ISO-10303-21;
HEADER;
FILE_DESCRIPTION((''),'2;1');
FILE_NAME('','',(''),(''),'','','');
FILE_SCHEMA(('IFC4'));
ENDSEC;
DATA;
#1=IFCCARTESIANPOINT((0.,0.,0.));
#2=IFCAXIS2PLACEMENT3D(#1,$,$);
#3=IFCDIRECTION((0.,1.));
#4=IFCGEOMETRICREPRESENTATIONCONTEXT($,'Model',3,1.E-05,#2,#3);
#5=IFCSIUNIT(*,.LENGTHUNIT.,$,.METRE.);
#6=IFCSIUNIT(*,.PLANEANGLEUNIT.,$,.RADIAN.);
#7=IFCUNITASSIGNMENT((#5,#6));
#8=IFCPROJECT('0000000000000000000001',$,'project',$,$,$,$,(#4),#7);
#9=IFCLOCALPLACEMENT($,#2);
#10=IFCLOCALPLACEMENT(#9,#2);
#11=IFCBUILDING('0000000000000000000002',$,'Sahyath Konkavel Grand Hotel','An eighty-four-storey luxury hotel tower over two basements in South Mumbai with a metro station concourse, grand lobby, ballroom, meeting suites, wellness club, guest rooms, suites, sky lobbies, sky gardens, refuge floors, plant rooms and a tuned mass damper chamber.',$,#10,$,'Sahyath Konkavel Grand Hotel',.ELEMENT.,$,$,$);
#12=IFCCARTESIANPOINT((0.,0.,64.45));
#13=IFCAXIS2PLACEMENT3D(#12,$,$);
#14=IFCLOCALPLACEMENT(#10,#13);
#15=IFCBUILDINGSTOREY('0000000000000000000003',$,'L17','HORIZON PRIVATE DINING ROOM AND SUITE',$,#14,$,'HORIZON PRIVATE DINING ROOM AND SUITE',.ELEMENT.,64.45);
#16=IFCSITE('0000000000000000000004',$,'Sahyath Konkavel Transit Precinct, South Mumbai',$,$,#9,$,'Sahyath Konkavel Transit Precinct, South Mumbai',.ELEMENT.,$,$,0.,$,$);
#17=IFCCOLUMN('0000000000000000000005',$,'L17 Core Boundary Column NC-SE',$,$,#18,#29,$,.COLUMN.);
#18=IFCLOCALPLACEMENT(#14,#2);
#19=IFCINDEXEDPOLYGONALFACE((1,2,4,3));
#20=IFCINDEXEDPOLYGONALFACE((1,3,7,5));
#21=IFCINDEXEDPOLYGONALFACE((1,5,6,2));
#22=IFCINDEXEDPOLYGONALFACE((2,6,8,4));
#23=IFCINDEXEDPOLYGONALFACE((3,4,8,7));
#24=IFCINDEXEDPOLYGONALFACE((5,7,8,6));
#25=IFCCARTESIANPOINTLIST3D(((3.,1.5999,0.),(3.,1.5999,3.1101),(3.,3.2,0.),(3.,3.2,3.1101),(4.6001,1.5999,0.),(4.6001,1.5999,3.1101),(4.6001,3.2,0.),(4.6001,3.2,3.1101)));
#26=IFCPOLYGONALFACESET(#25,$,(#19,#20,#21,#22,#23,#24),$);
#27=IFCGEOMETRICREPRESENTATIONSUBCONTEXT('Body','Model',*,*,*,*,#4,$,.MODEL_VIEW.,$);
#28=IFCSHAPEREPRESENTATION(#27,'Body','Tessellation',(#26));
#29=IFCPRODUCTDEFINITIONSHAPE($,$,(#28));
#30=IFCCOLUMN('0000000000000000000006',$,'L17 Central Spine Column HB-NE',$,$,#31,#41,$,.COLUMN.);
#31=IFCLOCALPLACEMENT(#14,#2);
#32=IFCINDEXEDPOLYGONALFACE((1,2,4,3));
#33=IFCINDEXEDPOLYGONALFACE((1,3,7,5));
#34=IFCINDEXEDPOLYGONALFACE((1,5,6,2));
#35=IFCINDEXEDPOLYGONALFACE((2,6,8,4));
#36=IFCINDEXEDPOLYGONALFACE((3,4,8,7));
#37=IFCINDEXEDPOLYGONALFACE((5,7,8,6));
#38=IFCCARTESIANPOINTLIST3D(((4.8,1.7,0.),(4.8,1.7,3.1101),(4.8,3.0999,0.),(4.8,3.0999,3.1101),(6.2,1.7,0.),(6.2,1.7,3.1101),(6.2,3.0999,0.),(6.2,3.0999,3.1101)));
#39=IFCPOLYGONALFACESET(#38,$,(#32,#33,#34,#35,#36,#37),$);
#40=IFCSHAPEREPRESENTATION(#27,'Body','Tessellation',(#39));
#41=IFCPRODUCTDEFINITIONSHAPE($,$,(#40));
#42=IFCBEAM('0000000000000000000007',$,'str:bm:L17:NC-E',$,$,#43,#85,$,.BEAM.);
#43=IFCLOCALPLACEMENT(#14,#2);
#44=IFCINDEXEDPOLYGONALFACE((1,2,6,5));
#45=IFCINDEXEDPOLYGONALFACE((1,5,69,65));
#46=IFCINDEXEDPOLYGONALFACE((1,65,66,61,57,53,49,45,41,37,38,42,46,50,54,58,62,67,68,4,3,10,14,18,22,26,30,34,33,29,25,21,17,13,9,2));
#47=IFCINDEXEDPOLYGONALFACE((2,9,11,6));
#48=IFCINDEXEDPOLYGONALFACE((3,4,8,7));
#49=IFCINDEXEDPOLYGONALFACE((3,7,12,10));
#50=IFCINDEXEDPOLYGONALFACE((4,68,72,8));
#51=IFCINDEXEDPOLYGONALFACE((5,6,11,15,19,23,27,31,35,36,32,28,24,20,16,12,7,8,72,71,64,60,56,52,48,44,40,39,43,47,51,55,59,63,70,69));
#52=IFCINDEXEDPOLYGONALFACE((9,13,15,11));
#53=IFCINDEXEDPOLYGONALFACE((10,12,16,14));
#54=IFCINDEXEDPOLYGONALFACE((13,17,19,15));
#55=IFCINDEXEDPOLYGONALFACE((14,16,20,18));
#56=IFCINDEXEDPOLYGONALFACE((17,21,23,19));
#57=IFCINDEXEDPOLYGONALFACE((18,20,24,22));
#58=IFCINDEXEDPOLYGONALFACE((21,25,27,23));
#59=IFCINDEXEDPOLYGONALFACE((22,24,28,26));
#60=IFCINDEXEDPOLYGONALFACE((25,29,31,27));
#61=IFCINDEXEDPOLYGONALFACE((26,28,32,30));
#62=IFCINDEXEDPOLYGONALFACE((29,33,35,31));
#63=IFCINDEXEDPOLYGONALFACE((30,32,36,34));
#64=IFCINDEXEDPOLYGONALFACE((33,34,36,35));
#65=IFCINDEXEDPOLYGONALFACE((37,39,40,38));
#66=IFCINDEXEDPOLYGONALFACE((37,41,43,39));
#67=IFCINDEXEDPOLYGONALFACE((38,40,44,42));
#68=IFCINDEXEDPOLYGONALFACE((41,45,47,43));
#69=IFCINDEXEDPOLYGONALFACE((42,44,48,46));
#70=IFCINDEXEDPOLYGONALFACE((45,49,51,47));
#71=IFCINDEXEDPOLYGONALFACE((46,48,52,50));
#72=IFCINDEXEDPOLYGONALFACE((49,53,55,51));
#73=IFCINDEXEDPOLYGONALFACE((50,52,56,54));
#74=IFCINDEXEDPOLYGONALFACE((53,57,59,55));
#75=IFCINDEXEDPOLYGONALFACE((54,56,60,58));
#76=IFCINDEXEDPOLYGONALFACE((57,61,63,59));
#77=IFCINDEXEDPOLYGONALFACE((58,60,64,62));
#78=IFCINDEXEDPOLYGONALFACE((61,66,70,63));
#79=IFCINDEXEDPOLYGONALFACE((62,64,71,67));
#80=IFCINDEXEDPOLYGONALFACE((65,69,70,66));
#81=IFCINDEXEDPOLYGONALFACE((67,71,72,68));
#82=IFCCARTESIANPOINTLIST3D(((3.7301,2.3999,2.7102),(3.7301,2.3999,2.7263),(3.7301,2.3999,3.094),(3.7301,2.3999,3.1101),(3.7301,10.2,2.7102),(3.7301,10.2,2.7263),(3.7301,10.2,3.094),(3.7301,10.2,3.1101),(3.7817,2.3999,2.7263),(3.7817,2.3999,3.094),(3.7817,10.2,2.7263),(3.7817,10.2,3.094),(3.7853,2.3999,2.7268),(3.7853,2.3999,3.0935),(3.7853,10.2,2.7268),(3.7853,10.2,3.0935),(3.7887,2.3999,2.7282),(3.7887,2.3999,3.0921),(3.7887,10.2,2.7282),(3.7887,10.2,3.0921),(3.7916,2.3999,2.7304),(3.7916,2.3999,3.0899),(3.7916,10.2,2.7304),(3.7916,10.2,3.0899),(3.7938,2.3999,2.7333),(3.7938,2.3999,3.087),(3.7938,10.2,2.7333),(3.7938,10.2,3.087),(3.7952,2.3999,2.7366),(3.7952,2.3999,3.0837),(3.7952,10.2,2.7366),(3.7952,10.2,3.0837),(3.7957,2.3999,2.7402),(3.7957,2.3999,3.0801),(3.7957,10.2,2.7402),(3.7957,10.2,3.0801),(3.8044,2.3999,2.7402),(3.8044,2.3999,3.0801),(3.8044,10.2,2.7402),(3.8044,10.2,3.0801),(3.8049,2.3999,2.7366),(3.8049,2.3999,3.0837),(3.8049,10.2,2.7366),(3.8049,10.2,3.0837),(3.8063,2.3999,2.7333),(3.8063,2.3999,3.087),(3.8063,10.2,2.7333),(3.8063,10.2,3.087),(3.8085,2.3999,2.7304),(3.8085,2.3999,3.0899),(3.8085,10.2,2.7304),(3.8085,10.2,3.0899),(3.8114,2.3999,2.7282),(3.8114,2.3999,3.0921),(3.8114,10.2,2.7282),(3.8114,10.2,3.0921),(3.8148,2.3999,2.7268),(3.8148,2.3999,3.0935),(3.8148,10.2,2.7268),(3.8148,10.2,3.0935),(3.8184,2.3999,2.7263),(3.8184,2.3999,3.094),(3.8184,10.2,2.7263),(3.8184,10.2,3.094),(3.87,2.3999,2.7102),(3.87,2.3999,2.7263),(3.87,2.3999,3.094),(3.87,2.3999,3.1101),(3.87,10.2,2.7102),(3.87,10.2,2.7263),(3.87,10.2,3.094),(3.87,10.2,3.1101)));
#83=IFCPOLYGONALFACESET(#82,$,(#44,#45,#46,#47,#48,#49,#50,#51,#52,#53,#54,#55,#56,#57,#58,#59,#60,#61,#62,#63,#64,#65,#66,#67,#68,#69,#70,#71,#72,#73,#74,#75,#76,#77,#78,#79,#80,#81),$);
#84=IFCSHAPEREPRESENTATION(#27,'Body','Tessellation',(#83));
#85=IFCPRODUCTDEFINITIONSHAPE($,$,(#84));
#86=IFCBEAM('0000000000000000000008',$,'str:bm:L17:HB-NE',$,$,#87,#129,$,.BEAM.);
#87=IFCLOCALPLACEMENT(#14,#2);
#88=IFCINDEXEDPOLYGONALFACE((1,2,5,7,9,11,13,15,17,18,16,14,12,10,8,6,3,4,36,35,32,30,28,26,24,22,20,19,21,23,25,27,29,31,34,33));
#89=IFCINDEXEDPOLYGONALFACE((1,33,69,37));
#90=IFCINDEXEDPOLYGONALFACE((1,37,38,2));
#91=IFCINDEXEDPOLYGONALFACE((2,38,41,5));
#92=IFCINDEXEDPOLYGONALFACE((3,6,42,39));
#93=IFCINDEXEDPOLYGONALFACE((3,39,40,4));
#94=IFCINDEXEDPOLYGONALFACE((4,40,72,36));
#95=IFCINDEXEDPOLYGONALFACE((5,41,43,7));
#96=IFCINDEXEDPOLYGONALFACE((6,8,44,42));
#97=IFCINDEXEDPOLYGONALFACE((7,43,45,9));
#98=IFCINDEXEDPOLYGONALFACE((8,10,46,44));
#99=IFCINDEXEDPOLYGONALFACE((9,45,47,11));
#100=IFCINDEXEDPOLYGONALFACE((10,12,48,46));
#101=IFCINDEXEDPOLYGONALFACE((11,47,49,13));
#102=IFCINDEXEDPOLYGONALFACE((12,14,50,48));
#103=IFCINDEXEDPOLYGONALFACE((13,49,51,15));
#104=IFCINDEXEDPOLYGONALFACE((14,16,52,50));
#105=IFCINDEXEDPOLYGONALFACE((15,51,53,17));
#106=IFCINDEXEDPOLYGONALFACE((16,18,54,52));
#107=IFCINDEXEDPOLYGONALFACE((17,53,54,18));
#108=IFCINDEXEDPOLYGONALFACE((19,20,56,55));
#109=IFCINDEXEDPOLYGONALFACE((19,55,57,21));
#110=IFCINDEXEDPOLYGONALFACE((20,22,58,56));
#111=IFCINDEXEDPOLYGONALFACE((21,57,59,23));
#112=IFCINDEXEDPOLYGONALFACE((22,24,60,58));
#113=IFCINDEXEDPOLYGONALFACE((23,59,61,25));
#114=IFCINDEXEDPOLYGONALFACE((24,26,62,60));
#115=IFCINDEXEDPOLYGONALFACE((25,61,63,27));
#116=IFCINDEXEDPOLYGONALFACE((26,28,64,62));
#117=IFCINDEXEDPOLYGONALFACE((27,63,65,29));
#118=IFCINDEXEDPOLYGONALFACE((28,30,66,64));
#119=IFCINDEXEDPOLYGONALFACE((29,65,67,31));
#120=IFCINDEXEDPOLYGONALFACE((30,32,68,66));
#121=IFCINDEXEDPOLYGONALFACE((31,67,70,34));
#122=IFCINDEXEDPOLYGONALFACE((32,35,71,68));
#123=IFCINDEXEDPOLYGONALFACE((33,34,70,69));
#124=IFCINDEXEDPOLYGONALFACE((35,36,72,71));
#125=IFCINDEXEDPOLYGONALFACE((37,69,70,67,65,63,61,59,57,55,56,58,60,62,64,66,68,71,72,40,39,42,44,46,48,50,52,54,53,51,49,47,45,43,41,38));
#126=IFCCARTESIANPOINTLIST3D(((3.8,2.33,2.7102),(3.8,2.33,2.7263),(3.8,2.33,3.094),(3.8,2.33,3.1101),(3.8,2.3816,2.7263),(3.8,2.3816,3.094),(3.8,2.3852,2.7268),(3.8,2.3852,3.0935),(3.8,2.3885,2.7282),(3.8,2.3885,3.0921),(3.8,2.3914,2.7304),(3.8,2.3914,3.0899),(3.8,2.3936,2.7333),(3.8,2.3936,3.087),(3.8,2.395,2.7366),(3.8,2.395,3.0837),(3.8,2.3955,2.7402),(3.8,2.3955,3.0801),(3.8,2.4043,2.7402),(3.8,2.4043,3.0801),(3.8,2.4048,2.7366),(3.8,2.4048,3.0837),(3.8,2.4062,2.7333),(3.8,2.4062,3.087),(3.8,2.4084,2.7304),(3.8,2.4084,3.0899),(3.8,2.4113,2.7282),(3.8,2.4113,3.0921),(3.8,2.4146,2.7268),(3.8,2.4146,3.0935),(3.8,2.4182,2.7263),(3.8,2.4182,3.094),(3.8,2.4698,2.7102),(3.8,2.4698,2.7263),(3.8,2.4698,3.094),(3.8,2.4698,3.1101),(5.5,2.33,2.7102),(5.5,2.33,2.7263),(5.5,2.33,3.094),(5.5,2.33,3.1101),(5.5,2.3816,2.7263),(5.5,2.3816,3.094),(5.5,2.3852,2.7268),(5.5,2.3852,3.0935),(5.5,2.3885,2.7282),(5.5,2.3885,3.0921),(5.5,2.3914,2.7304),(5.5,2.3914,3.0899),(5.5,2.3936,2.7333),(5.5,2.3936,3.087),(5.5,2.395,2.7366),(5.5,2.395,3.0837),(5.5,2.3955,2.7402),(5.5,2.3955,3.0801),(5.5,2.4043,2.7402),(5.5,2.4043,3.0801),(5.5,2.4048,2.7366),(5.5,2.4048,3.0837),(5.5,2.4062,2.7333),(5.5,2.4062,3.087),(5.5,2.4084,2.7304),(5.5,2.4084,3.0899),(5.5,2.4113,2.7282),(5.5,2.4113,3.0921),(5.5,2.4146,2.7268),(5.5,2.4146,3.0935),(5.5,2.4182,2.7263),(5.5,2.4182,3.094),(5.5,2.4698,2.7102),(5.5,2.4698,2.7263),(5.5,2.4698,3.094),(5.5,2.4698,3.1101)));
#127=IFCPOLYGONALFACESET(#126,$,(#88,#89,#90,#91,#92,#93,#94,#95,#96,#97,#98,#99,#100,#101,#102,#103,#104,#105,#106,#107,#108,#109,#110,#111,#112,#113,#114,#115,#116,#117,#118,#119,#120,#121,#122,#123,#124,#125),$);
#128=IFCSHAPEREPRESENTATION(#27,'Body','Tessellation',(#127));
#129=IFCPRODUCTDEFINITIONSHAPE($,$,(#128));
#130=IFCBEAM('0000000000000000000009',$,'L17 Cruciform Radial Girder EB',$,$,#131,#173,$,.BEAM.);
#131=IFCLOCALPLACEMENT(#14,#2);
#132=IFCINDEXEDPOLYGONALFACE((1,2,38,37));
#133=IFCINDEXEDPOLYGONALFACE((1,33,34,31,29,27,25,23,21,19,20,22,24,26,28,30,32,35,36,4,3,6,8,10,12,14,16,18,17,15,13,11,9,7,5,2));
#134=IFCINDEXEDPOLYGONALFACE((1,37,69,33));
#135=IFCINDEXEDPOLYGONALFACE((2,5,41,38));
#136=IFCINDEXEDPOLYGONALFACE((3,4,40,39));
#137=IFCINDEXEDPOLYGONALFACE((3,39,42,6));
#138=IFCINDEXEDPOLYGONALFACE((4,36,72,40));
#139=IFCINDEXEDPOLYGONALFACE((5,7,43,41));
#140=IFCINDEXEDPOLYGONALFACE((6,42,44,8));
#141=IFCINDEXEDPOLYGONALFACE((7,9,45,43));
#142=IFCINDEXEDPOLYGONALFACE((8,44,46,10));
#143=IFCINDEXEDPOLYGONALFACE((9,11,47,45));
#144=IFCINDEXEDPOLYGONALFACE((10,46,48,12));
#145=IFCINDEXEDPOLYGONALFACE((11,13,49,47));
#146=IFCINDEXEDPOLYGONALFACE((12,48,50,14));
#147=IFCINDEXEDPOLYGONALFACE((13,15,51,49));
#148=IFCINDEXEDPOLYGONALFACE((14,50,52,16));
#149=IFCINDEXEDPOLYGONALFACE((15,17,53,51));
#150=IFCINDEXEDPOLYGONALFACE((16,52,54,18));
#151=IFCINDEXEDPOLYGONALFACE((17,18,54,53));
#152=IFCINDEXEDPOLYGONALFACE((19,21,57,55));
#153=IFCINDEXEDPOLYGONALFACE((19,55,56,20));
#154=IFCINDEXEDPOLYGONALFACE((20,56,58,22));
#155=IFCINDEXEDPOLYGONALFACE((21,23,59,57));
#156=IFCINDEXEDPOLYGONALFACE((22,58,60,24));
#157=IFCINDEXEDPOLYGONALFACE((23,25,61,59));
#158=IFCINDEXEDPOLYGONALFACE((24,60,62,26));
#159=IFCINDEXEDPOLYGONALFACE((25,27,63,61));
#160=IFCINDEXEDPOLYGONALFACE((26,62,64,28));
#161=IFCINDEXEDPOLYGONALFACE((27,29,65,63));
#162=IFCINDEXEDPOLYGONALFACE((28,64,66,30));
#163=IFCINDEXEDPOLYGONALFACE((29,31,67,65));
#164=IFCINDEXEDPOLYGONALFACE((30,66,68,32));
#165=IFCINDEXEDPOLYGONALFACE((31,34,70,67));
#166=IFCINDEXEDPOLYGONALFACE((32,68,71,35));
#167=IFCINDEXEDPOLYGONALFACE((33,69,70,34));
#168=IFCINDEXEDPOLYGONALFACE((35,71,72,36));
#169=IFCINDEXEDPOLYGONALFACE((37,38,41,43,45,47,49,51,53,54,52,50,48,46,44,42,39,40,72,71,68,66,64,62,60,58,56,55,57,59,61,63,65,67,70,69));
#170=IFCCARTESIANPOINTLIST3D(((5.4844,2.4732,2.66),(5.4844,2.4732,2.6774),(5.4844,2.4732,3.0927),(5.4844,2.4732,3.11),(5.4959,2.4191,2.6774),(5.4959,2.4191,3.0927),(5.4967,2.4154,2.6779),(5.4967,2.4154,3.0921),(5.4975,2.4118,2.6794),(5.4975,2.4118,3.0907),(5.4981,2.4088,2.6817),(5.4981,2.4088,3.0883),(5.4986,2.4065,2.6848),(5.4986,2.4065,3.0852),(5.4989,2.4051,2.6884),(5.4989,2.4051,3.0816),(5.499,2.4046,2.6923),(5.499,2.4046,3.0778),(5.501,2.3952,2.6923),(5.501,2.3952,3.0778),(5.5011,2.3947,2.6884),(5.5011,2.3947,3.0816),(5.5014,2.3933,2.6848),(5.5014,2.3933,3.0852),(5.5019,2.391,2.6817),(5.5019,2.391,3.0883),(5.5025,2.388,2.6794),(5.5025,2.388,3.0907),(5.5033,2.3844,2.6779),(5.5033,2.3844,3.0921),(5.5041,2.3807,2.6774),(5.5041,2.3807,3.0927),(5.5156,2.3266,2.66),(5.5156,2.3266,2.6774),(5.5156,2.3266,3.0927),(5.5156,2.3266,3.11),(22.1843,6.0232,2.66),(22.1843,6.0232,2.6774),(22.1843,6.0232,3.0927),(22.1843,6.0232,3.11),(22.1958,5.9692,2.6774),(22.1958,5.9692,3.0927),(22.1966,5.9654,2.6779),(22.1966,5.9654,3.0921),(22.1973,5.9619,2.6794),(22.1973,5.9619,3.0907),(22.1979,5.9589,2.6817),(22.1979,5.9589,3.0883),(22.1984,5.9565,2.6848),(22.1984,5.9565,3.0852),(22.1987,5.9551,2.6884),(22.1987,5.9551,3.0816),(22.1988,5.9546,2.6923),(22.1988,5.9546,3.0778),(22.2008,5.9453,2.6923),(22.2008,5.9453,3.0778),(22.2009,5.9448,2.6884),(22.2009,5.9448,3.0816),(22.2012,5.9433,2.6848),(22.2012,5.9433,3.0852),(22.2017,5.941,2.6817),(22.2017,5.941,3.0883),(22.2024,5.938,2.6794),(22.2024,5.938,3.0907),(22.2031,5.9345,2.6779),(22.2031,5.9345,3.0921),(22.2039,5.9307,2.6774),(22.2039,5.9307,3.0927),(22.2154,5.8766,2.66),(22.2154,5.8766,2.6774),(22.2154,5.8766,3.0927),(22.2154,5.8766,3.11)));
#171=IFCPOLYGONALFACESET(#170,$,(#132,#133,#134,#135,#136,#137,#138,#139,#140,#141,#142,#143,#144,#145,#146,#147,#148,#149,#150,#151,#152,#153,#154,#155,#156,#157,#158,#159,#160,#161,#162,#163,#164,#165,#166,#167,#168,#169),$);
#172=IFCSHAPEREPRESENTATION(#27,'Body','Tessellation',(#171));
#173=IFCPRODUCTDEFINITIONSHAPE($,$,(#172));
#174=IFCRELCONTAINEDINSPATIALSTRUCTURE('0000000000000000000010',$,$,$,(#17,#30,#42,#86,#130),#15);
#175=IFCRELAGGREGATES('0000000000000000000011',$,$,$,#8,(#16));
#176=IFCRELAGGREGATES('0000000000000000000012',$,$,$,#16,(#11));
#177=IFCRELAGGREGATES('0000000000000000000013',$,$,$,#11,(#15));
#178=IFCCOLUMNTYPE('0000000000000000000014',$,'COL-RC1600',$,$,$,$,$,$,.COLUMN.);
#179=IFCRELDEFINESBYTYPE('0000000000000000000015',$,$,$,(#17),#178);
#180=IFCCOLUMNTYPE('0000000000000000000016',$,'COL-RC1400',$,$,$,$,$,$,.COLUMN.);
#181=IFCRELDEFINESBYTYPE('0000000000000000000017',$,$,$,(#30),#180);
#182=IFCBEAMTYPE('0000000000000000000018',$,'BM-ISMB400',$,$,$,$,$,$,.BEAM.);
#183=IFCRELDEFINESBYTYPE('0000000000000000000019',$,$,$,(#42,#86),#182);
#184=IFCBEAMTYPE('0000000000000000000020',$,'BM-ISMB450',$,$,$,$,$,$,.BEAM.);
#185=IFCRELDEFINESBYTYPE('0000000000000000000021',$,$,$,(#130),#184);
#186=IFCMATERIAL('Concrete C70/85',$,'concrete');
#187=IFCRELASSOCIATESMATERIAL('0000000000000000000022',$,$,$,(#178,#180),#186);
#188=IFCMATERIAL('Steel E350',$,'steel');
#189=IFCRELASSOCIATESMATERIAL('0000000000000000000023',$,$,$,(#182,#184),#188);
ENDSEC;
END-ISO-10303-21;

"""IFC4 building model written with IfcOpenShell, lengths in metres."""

from ifc_helpers import new_model, si_unit, direction, frame, origin, origin_2d, place, context, subcontext, project, spatial, rectangle, i_section, extrude, source, transform, mapped, material, material_profile, profile_set, type_object, element, save


model = new_model("IFC4")

# Units and contexts
model_context = context("Model", 3, precision=1e-05, world=origin(), true_north=direction((0.0, 1.0)))
body_context = subcontext(model_context, "Body", "Model", "MODEL_VIEW")
ifc_project = project(units=[si_unit("LENGTHUNIT", "METRE"), si_unit("PLANEANGLEUNIT", "RADIAN")], contexts=[model_context])

# Site, building, storey
site_placement = place(None, origin())
site = spatial("IfcSite", under=ifc_project, at=site_placement, Name="Sahyath Konkavel Transit Precinct, South Mumbai", LongName="Sahyath Konkavel Transit Precinct, South Mumbai", CompositionType="ELEMENT", RefElevation=0.0)
building_placement = place(site_placement, origin())
building = spatial("IfcBuilding", under=site, at=building_placement, Name="Sahyath Konkavel Grand Hotel", Description="An eighty-four-storey luxury hotel tower over two basements in South Mumbai with a metro station concourse, grand lobby, ballroom, meeting suites, wellness club, guest rooms, suites, sky lobbies, sky gardens, refuge floors, plant rooms and a tuned mass damper chamber.", LongName="Sahyath Konkavel Grand Hotel", CompositionType="ELEMENT")
storey_placement = place(building_placement, frame((0.0, 0.0, 64.45)))
storey = spatial("IfcBuildingStorey", under=building, at=storey_placement, Name="L17", Description="HORIZON PRIVATE DINING ROOM AND SUITE", LongName="HORIZON PRIVATE DINING ROOM AND SUITE", CompositionType="ELEMENT", Elevation=64.45)

# Columns
ifc_material_1 = material(Name="Concrete C70/85", Category="concrete")
ifc_material_profile_1 = material_profile(ifc_material_1, rectangle(XDim=1.6001, YDim=1.6001, at=origin_2d()), Name="RC 1600x1600")
ifc_profile_set_1 = profile_set([ifc_material_profile_1], Name="Concrete C70/85")
column_type_1 = type_object("IfcColumnType", Name="COL-RC1600", PredefinedType="COLUMN", material=ifc_profile_set_1)
shared_shape_1 = source(origin(), body_context, "Body", "SweptSolid", [
    extrude(rectangle(XDim=1.6001, YDim=1.6001, at=origin_2d()), origin(), (0.0, 0.0, 1.0), 3.1101),
])
column_1_placement = place(storey_placement, frame((3.8, 2.3999, 0.0), z_axis=(0.0, 0.0, 1.0), x_axis=(1.0, 0.0, 0.0)))
element("IfcColumn", 1, at=column_1_placement, inside=storey, type_object=column_type_1, Name="L17 Core Boundary Column NC-SE", PredefinedType="COLUMN", context=body_context, shape_type="MappedRepresentation", body=[
    mapped(shared_shape_1, transform((0.0, 0.0, 0.0), scale=1.0)),
])
ifc_material_profile_2 = material_profile(ifc_material_1, rectangle(XDim=1.3999, YDim=1.3999, at=origin_2d()), Name="RC 1400x1400")
ifc_profile_set_2 = profile_set([ifc_material_profile_2], Name="Concrete C70/85")
column_type_2 = type_object("IfcColumnType", Name="COL-RC1400", PredefinedType="COLUMN", material=ifc_profile_set_2)
shared_shape_2 = source(origin(), body_context, "Body", "SweptSolid", [
    extrude(rectangle(XDim=1.3999, YDim=1.3999, at=origin_2d()), origin(), (0.0, 0.0, 1.0), 3.1101),
])
column_2_placement = place(storey_placement, frame((5.5, 2.3999, 0.0), z_axis=(0.0, 0.0, 1.0), x_axis=(1.0, 0.0, 0.0)))
element("IfcColumn", 2, at=column_2_placement, inside=storey, type_object=column_type_2, Name="L17 Central Spine Column HB-NE", PredefinedType="COLUMN", context=body_context, shape_type="MappedRepresentation", body=[
    mapped(shared_shape_2, transform((0.0, 0.0, 0.0), scale=1.0)),
])

# Beams
ifc_material_2 = material(Name="Steel E350", Category="steel")
ifc_material_profile_3 = material_profile(ifc_material_2, i_section(OverallWidth=0.1399, OverallDepth=0.3999, WebThickness=0.0088, FlangeThickness=0.0161, FilletRadius=0.0139, at=origin_2d()), Name="ISMB 400")
ifc_profile_set_3 = profile_set([ifc_material_profile_3], Name="Steel E350")
beam_type_1 = type_object("IfcBeamType", Name="BM-ISMB400", PredefinedType="BEAM", material=ifc_profile_set_3)
shared_shape_3 = source(origin(), body_context, "Body", "SweptSolid", [
    extrude(i_section(OverallWidth=0.1399, OverallDepth=0.3999, WebThickness=0.0088, FlangeThickness=0.0161, FilletRadius=0.0139, at=origin_2d()), origin(), (0.0, 0.0, 1.0), 7.8),
])
beam_1_placement = place(storey_placement, frame((3.8, 2.3999, 2.9102), z_axis=(0.0, 1.0, 0.0), x_axis=(-1.0, 0.0, 0.0)))
element("IfcBeam", 3, at=beam_1_placement, inside=storey, type_object=beam_type_1, Name="str:bm:L17:NC-E", PredefinedType="BEAM", context=body_context, shape_type="MappedRepresentation", body=[
    mapped(shared_shape_3, transform((0.0, 0.0, 0.0), scale=1.0)),
])
shared_shape_4 = source(origin(), body_context, "Body", "SweptSolid", [
    extrude(i_section(OverallWidth=0.1399, OverallDepth=0.3999, WebThickness=0.0088, FlangeThickness=0.0161, FilletRadius=0.0139, at=origin_2d()), origin(), (0.0, 0.0, 1.0), 1.7),
])
beam_2_placement = place(storey_placement, frame((3.8, 2.3999, 2.9102), z_axis=(1.0, 0.0, 0.0), x_axis=(0.0, 1.0, 0.0)))
element("IfcBeam", 4, at=beam_2_placement, inside=storey, type_object=beam_type_1, Name="str:bm:L17:HB-NE", PredefinedType="BEAM", context=body_context, shape_type="MappedRepresentation", body=[
    mapped(shared_shape_4, transform((0.0, 0.0, 0.0), scale=1.0)),
])
ifc_material_profile_4 = material_profile(ifc_material_2, i_section(OverallWidth=0.1499, OverallDepth=0.45, WebThickness=0.0095, FlangeThickness=0.0173, FilletRadius=0.0149, at=origin_2d()), Name="ISMB 450")
ifc_profile_set_4 = profile_set([ifc_material_profile_4], Name="Steel E350")
beam_type_2 = type_object("IfcBeamType", Name="BM-ISMB450", PredefinedType="BEAM", material=ifc_profile_set_4)
shared_shape_5 = source(origin(), body_context, "Body", "SweptSolid", [
    extrude(i_section(OverallWidth=0.1499, OverallDepth=0.45, WebThickness=0.0095, FlangeThickness=0.0173, FilletRadius=0.0149, at=origin_2d()), origin(), (0.0, 0.0, 1.0), 17.073),
])
beam_3_placement = place(storey_placement, frame((5.5, 2.3999, 2.885), z_axis=(0.978143, 0.207932, 0.0), x_axis=(-0.207932, 0.978143, 0.0)))
element("IfcBeam", 5, at=beam_3_placement, inside=storey, type_object=beam_type_2, Name="L17 Cruciform Radial Girder EB", PredefinedType="BEAM", context=body_context, shape_type="MappedRepresentation", body=[
    mapped(shared_shape_5, transform((0.0, 0.0, 0.0), scale=1.0)),
])

save(model, "model.ifc")
